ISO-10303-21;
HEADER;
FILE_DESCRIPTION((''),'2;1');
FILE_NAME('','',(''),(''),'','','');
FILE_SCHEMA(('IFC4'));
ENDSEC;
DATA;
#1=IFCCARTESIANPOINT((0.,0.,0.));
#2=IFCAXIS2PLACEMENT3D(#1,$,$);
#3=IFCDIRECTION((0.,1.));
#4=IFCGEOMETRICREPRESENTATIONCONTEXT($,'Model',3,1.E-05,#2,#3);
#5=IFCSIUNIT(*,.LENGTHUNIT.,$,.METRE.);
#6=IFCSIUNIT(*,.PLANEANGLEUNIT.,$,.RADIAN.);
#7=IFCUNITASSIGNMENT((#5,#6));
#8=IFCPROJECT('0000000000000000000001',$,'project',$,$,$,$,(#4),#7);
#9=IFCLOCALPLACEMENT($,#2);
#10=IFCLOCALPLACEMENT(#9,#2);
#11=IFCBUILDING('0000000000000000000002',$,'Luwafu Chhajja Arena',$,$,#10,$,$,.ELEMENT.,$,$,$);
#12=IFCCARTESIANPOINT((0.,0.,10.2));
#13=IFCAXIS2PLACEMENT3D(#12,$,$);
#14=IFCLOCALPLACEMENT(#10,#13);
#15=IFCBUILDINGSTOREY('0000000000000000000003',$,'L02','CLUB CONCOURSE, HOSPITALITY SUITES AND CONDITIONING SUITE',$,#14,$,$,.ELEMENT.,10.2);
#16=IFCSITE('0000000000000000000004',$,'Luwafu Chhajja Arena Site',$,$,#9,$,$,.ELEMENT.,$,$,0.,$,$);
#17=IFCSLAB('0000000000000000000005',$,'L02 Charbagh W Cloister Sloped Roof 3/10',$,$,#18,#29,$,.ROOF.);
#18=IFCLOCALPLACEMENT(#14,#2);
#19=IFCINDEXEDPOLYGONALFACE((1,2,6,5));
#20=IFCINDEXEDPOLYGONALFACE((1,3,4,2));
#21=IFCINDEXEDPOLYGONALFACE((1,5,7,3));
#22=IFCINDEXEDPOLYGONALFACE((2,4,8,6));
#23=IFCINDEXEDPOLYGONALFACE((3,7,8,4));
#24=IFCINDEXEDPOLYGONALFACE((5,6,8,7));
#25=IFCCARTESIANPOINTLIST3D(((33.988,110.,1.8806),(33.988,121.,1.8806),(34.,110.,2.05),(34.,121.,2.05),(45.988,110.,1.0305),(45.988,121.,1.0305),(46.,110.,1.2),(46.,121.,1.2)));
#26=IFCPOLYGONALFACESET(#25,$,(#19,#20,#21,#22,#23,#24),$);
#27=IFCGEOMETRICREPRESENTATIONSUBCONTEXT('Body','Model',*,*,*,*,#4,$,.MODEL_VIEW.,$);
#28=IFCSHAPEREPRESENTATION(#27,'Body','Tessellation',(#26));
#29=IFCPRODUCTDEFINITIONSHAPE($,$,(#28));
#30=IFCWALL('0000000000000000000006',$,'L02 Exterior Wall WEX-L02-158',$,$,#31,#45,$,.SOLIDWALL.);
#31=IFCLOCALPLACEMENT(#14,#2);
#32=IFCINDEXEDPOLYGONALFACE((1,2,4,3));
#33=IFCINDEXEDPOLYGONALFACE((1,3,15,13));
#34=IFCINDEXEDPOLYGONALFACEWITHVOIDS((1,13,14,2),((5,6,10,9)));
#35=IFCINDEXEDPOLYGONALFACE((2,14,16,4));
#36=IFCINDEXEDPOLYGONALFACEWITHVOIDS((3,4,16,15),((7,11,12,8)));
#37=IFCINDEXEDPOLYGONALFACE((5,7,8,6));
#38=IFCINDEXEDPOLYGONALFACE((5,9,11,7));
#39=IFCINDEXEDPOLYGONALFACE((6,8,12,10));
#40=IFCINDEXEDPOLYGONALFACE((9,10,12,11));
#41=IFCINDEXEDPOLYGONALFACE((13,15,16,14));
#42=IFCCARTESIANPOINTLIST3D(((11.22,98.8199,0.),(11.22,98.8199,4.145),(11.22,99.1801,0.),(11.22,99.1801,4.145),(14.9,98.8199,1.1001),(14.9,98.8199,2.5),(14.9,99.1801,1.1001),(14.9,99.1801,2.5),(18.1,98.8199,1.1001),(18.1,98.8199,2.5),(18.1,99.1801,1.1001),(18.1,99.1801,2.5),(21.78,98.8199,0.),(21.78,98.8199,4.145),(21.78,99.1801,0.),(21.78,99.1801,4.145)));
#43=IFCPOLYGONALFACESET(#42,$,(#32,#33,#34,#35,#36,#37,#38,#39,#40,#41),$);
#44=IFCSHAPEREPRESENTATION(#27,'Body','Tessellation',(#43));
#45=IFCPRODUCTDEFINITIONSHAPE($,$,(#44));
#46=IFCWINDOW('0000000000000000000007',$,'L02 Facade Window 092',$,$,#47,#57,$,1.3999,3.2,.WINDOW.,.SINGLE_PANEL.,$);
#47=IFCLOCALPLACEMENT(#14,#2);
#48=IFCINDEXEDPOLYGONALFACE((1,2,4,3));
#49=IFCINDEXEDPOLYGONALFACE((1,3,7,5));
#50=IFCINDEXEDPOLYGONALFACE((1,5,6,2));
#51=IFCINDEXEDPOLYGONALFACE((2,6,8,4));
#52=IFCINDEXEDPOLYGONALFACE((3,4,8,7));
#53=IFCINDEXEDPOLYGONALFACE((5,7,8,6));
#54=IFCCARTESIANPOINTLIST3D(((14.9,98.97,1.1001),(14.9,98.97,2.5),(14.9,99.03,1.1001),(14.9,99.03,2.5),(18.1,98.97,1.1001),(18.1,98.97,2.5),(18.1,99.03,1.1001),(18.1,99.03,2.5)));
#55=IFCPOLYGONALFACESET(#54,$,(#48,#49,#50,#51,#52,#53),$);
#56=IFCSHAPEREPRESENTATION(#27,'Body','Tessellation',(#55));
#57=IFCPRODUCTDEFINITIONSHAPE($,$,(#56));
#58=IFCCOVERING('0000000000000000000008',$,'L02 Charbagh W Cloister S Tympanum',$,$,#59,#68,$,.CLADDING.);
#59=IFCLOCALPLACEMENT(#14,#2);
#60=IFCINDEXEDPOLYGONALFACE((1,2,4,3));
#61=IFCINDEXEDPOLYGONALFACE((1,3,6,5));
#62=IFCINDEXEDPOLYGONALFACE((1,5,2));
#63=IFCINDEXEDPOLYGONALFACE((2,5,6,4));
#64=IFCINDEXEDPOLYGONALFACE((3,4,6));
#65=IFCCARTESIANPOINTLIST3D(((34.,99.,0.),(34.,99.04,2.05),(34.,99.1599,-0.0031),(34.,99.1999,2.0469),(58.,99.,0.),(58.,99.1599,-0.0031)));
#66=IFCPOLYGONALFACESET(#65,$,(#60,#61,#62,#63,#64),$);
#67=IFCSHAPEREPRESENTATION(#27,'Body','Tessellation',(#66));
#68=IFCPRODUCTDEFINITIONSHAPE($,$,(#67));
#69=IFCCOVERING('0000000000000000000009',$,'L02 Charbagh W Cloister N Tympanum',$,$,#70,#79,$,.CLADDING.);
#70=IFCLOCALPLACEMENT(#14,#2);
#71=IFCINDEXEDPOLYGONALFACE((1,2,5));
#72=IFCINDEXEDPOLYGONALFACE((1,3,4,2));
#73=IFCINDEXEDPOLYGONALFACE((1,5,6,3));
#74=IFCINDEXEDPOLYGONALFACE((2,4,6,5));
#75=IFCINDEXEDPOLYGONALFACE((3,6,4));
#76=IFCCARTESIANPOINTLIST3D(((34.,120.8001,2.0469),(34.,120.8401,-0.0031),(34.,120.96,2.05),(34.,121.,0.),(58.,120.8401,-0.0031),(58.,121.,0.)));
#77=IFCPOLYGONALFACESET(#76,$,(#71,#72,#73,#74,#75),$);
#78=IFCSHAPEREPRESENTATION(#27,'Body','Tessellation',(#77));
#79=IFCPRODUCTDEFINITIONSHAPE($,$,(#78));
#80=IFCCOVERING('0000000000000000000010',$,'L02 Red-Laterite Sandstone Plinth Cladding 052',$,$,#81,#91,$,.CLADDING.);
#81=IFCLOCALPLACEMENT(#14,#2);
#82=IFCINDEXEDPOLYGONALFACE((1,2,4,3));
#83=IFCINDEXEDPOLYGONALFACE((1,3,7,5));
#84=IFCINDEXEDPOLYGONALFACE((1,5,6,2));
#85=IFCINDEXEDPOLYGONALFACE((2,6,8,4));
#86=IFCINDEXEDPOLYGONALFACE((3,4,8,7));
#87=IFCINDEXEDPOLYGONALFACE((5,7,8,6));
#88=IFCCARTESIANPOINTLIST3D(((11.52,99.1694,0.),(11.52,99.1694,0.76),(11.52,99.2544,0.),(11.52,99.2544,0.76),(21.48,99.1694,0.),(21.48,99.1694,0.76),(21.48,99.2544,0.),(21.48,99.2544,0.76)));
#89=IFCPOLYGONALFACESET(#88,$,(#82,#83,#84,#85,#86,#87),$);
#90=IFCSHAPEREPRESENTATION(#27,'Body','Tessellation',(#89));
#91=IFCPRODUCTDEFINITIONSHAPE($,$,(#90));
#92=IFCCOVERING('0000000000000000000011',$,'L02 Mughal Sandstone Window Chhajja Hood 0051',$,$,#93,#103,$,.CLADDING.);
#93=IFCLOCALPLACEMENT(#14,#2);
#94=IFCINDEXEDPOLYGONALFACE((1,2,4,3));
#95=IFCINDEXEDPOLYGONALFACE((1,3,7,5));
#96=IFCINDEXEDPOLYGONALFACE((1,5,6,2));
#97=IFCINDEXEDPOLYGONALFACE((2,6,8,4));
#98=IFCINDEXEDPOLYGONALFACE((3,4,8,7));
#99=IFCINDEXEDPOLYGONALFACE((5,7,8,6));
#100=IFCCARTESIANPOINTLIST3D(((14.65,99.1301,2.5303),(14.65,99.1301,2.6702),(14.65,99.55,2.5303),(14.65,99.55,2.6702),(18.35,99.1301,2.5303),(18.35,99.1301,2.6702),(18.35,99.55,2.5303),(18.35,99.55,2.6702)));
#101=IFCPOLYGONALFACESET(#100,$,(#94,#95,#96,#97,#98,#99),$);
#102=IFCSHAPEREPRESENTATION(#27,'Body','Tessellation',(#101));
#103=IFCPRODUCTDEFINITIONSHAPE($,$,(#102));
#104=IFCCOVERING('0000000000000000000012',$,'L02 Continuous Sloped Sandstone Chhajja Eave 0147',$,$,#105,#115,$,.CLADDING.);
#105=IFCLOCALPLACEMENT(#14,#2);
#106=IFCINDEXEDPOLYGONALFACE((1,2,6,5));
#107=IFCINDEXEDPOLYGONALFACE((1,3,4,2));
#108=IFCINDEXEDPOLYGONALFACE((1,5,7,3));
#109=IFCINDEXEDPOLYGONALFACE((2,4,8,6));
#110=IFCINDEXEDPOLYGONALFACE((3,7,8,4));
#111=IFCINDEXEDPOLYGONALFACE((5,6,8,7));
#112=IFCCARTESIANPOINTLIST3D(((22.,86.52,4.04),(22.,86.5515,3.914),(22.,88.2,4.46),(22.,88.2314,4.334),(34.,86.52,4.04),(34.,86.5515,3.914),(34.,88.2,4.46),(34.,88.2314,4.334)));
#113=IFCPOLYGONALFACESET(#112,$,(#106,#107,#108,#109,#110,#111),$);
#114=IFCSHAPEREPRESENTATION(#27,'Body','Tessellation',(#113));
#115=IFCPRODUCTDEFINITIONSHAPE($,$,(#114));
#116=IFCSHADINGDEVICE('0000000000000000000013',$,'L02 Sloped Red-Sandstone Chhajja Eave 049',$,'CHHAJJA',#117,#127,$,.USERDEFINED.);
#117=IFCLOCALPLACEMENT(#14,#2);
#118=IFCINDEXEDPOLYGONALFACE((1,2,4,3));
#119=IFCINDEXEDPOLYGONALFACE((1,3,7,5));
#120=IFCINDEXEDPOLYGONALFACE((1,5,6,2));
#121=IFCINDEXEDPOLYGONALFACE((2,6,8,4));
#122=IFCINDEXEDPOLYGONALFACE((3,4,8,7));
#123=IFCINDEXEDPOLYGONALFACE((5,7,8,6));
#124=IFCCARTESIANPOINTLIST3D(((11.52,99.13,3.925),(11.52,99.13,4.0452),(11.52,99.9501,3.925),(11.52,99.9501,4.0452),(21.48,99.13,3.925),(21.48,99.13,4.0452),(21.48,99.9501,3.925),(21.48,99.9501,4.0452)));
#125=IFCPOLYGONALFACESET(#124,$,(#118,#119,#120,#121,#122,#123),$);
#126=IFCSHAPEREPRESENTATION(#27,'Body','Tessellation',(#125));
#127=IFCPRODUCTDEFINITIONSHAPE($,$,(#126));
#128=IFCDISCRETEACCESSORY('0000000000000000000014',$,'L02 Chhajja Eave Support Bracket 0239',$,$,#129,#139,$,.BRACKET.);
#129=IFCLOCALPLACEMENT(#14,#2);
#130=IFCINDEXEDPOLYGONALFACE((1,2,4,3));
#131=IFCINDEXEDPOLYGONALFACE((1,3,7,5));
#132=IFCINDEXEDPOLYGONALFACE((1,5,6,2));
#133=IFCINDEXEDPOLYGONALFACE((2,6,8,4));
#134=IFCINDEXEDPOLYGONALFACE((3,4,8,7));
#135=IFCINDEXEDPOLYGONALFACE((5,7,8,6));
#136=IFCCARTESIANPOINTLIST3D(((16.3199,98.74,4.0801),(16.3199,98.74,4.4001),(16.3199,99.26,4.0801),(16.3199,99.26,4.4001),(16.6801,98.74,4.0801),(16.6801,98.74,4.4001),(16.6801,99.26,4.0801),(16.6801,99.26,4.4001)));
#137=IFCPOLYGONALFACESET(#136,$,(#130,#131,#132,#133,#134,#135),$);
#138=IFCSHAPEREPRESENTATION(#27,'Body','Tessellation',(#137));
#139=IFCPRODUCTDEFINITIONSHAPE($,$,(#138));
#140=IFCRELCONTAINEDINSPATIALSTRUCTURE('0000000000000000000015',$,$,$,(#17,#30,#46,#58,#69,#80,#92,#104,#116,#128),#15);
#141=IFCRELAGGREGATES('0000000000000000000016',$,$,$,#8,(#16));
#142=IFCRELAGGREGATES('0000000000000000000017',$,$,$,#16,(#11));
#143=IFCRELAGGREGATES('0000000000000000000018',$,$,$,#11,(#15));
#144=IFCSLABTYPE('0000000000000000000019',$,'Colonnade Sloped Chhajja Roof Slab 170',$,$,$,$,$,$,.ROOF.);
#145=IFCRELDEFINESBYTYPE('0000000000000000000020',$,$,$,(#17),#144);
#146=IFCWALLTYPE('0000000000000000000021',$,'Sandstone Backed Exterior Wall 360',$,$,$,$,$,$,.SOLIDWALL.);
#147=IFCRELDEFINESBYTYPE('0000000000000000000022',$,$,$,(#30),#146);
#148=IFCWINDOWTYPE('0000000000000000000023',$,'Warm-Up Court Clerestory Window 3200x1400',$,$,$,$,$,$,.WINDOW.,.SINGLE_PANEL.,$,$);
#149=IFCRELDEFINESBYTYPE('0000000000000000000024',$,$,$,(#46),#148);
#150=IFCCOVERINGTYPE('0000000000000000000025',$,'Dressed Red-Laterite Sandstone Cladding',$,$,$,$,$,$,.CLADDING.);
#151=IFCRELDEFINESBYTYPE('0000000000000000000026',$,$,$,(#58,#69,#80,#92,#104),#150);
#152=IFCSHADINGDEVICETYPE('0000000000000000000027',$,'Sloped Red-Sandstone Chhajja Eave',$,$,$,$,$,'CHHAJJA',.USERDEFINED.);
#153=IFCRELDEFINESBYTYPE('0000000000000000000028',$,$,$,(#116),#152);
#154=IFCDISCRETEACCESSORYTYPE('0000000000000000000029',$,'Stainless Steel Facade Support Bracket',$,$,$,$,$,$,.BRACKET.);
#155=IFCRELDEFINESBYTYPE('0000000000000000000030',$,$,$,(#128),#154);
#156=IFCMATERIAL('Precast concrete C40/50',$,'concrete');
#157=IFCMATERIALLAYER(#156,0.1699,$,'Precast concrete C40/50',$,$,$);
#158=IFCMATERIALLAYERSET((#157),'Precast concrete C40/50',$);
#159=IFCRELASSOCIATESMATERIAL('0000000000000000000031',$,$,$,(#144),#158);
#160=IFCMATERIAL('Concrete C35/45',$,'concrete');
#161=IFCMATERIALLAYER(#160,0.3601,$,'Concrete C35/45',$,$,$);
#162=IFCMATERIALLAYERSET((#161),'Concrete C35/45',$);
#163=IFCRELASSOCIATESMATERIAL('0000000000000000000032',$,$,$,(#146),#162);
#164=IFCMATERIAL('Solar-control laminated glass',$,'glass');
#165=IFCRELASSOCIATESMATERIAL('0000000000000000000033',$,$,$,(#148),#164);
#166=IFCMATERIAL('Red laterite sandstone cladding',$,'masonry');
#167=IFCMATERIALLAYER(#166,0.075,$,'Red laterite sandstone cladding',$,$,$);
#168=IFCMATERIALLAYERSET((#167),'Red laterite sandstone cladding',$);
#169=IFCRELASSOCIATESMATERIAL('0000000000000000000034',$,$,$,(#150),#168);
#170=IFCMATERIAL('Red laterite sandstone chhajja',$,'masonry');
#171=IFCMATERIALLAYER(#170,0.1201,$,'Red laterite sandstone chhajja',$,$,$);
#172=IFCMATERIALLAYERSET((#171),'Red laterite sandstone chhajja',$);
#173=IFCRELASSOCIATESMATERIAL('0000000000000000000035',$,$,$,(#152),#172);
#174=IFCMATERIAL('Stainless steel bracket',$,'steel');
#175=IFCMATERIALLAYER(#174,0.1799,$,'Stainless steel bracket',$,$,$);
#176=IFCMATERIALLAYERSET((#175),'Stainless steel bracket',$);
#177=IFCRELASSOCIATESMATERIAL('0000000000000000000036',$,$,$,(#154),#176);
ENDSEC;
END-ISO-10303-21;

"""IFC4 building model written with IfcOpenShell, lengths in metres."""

from ifc_helpers import new_model, si_unit, direction, frame, frame_2d, origin, origin_2d, place, context, subcontext, project, spatial, polyline, rectangle, outline, extrude, material, layer, layer_set, type_object, element, fill, save


model = new_model("IFC4")

# Units and contexts
model_context = context("Model", 3, precision=1e-05, world=origin(), true_north=direction((0.0, 1.0)))
body_context = subcontext(model_context, "Body", "Model", "MODEL_VIEW")
ifc_project = project(units=[si_unit("LENGTHUNIT", "METRE"), si_unit("PLANEANGLEUNIT", "RADIAN")], contexts=[model_context])

# Site, building, storey
site_placement = place(None, origin())
site = spatial("IfcSite", under=ifc_project, at=site_placement, Name="Luwafu Chhajja Arena Site", CompositionType="ELEMENT", RefElevation=0.0)
building_placement = place(site_placement, origin())
building = spatial("IfcBuilding", under=site, at=building_placement, Name="Luwafu Chhajja Arena", CompositionType="ELEMENT")
storey_placement = place(building_placement, frame((0.0, 0.0, 10.2)))
storey = spatial("IfcBuildingStorey", under=building, at=storey_placement, Name="L02", Description="CLUB CONCOURSE, HOSPITALITY SUITES AND CONDITIONING SUITE", CompositionType="ELEMENT", Elevation=10.2)

# Shared definitions
ifc_material_1 = material(Name="Concrete C35/45", Category="concrete")

# Slab
ifc_material_2 = material(Name="Precast concrete C40/50", Category="concrete")
ifc_layer_1 = layer(ifc_material_2, 0.1699, Name="Precast concrete C40/50")
ifc_layer_set_1 = layer_set([ifc_layer_1], Name="Precast concrete C40/50")
slab_type = type_object("IfcSlabType", Name="Colonnade Sloped Chhajja Roof Slab 170", PredefinedType="ROOF", material=ifc_layer_set_1)
for number, where, z_axis, x_axis, name in (
    (1, (34.0, 110.0, 2.05), (0.070664, 0.0, 0.9975), (0.0, 1.0, 0.0), "L02 Charbagh W Cloister Sloped Roof 3/10"),
):
    element("IfcSlab", number, at=place(storey_placement, frame(where, z_axis=z_axis, x_axis=x_axis)), inside=storey, type_object=slab_type, Name=name, PredefinedType="ROOF", context=body_context, shape_type="SweptSolid", body=[
        extrude(outline(polyline([(0.0, 0.0), (11.0, 0.0), (11.0, -12.0301), (0.0, -12.0301), (0.0, 0.0)])), origin(), (0.0, 0.0, -1.0), 0.1699),
    ])

# Wall, opening, window
ifc_layer_2 = layer(ifc_material_1, 0.3601, Name="Concrete C35/45")
ifc_layer_set_2 = layer_set([ifc_layer_2], Name="Concrete C35/45")
wall_type = type_object("IfcWallType", Name="Sandstone Backed Exterior Wall 360", PredefinedType="SOLIDWALL", material=ifc_layer_set_2)
wall_placement = place(storey_placement, frame((11.22, 99.0, 0.0), z_axis=(0.0, 0.0, 1.0), x_axis=(1.0, 0.0, 0.0)))
wall = element("IfcWall", 2, at=wall_placement, inside=storey, type_object=wall_type, Name="L02 Exterior Wall WEX-L02-158", PredefinedType="SOLIDWALL", context=body_context, shape_type="SweptSolid", body=[
    extrude(rectangle(XDim=10.5601, YDim=0.3601, at=frame_2d((5.28, 0.0))), origin(), (0.0, 0.0, 1.0), 4.145),
])
opening_placement = place(wall_placement, frame((3.6799, 0.0, 1.1001)))
opening = element("IfcOpeningElement", 3, at=opening_placement, cuts=wall, PredefinedType="OPENING", context=body_context, shape_type="SweptSolid", body=[
    extrude(rectangle(XDim=3.2, YDim=1.3999, at=frame_2d((1.6001, 0.7))), frame((0.0, 0.1899, 0.0), z_axis=(0.0, -1.0, 0.0), x_axis=(1.0, 0.0, 0.0)), (0.0, 0.0, 1.0), 0.3801),
])
ifc_material_3 = material(Name="Solar-control laminated glass", Category="glass")
window_type = type_object("IfcWindowType", Name="Warm-Up Court Clerestory Window 3200x1400", PartitioningType="SINGLE_PANEL", PredefinedType="WINDOW", material=ifc_material_3)
window_placement = place(opening_placement, origin())
window = element("IfcWindow", 4, at=window_placement, inside=storey, type_object=window_type, Name="L02 Facade Window 092", OverallHeight=1.3999, OverallWidth=3.2, PartitioningType="SINGLE_PANEL", PredefinedType="WINDOW", context=body_context, shape_type="SweptSolid", body=[
    extrude(rectangle(XDim=3.2, YDim=1.3999, at=frame_2d((1.6001, 0.7))), frame((0.0, 0.03, 0.0), z_axis=(0.0, -1.0, 0.0), x_axis=(1.0, 0.0, 0.0)), (0.0, 0.0, 1.0), 0.0601),
])
fill(opening, window)

# Coverings
ifc_material_4 = material(Name="Red laterite sandstone cladding", Category="masonry")
ifc_layer_3 = layer(ifc_material_4, 0.075, Name="Red laterite sandstone cladding")
ifc_layer_set_3 = layer_set([ifc_layer_3], Name="Red laterite sandstone cladding")
covering_type = type_object("IfcCoveringType", Name="Dressed Red-Laterite Sandstone Cladding", PredefinedType="CLADDING", material=ifc_layer_set_3)
covering_1_placement = place(storey_placement, frame((34.0, 99.0, 0.0), z_axis=(0.0, -0.999809, 0.019527), x_axis=(1.0, 0.0, 0.0)))
element("IfcCovering", 5, at=covering_1_placement, inside=storey, type_object=covering_type, Name="L02 Charbagh W Cloister S Tympanum", PredefinedType="CLADDING", context=body_context, shape_type="SweptSolid", body=[
    extrude(outline(polyline([(0.0, 0.0), (24.0, 0.0), (0.0, 2.0504), (0.0, 0.0)])), origin(), (0.0, 0.0, -1.0), 0.1599),
])
covering_2_placement = place(storey_placement, frame((34.0, 121.0, 0.0), z_axis=(0.0, 0.999809, 0.019527), x_axis=(1.0, 0.0, 0.0)))
element("IfcCovering", 6, at=covering_2_placement, inside=storey, type_object=covering_type, Name="L02 Charbagh W Cloister N Tympanum", PredefinedType="CLADDING", context=body_context, shape_type="SweptSolid", body=[
    extrude(outline(polyline([(0.0, 0.0), (24.0, 0.0), (0.0, -2.0504), (0.0, 0.0)])), origin(), (0.0, 0.0, -1.0), 0.1599),
])
covering_3_placement = place(storey_placement, frame((16.5, 99.2119, 0.0), z_axis=(0.0, 0.0, 1.0), x_axis=(1.0, 0.0, 0.0)))
element("IfcCovering", 7, at=covering_3_placement, inside=storey, type_object=covering_type, Name="L02 Red-Laterite Sandstone Plinth Cladding 052", PredefinedType="CLADDING", context=body_context, shape_type="SweptSolid", body=[
    extrude(rectangle(XDim=9.96, YDim=0.085, at=origin_2d()), origin(), (0.0, 0.0, 1.0), 0.76),
])
covering_4_placement = place(storey_placement, frame((16.5, 99.3401, 2.5303), z_axis=(0.0, 0.0, 1.0), x_axis=(1.0, 0.0, 0.0)))
element("IfcCovering", 8, at=covering_4_placement, inside=storey, type_object=covering_type, Name="L02 Mughal Sandstone Window Chhajja Hood 0051", PredefinedType="CLADDING", context=body_context, shape_type="SweptSolid", body=[
    extrude(rectangle(XDim=3.7, YDim=0.4199, at=origin_2d()), origin(), (0.0, 0.0, 1.0), 0.1399),
])
covering_5_placement = place(storey_placement, frame((22.0, 88.2, 4.46), z_axis=(0.0, -0.242502, 0.970151), x_axis=(1.0, 0.0, 0.0)))
element("IfcCovering", 9, at=covering_5_placement, inside=storey, type_object=covering_type, Name="L02 Continuous Sloped Sandstone Chhajja Eave 0147", PredefinedType="CLADDING", context=body_context, shape_type="SweptSolid", body=[
    extrude(outline(polyline([(0.0, 0.0), (12.0, 0.0), (12.0, -1.7316), (0.0, -1.7316), (0.0, 0.0)])), origin(), (0.0, 0.0, -1.0), 0.1299),
])

# Shading device
ifc_material_5 = material(Name="Red laterite sandstone chhajja", Category="masonry")
ifc_layer_4 = layer(ifc_material_5, 0.1201, Name="Red laterite sandstone chhajja")
ifc_layer_set_4 = layer_set([ifc_layer_4], Name="Red laterite sandstone chhajja")
shading_device_type = type_object("IfcShadingDeviceType", Name="Sloped Red-Sandstone Chhajja Eave", ElementType="CHHAJJA", PredefinedType="USERDEFINED", material=ifc_layer_set_4)
shading_device_placement = place(storey_placement, frame((16.5, 99.54, 3.925), z_axis=(0.0, 0.0, 1.0), x_axis=(1.0, 0.0, 0.0)))
element("IfcShadingDevice", 10, at=shading_device_placement, inside=storey, type_object=shading_device_type, Name="L02 Sloped Red-Sandstone Chhajja Eave 049", ObjectType="CHHAJJA", PredefinedType="USERDEFINED", context=body_context, shape_type="SweptSolid", body=[
    extrude(rectangle(XDim=9.96, YDim=0.8201, at=origin_2d()), origin(), (0.0, 0.0, 1.0), 0.1201),
])

# Discrete accessory
ifc_material_6 = material(Name="Stainless steel bracket", Category="steel")
ifc_layer_5 = layer(ifc_material_6, 0.1799, Name="Stainless steel bracket")
ifc_layer_set_5 = layer_set([ifc_layer_5], Name="Stainless steel bracket")
discrete_accessory_type = type_object("IfcDiscreteAccessoryType", Name="Stainless Steel Facade Support Bracket", PredefinedType="BRACKET", material=ifc_layer_set_5)
discrete_accessory_placement = place(storey_placement, frame((16.5, 99.0, 4.0801), z_axis=(0.0, 0.0, 1.0), x_axis=(1.0, 0.0, 0.0)))
element("IfcDiscreteAccessory", 11, at=discrete_accessory_placement, inside=storey, type_object=discrete_accessory_type, Name="L02 Chhajja Eave Support Bracket 0239", PredefinedType="BRACKET", context=body_context, shape_type="SweptSolid", body=[
    extrude(rectangle(XDim=0.3601, YDim=0.52, at=origin_2d()), origin(), (0.0, 0.0, 1.0), 0.3201),
])

save(model, "model.ifc")
